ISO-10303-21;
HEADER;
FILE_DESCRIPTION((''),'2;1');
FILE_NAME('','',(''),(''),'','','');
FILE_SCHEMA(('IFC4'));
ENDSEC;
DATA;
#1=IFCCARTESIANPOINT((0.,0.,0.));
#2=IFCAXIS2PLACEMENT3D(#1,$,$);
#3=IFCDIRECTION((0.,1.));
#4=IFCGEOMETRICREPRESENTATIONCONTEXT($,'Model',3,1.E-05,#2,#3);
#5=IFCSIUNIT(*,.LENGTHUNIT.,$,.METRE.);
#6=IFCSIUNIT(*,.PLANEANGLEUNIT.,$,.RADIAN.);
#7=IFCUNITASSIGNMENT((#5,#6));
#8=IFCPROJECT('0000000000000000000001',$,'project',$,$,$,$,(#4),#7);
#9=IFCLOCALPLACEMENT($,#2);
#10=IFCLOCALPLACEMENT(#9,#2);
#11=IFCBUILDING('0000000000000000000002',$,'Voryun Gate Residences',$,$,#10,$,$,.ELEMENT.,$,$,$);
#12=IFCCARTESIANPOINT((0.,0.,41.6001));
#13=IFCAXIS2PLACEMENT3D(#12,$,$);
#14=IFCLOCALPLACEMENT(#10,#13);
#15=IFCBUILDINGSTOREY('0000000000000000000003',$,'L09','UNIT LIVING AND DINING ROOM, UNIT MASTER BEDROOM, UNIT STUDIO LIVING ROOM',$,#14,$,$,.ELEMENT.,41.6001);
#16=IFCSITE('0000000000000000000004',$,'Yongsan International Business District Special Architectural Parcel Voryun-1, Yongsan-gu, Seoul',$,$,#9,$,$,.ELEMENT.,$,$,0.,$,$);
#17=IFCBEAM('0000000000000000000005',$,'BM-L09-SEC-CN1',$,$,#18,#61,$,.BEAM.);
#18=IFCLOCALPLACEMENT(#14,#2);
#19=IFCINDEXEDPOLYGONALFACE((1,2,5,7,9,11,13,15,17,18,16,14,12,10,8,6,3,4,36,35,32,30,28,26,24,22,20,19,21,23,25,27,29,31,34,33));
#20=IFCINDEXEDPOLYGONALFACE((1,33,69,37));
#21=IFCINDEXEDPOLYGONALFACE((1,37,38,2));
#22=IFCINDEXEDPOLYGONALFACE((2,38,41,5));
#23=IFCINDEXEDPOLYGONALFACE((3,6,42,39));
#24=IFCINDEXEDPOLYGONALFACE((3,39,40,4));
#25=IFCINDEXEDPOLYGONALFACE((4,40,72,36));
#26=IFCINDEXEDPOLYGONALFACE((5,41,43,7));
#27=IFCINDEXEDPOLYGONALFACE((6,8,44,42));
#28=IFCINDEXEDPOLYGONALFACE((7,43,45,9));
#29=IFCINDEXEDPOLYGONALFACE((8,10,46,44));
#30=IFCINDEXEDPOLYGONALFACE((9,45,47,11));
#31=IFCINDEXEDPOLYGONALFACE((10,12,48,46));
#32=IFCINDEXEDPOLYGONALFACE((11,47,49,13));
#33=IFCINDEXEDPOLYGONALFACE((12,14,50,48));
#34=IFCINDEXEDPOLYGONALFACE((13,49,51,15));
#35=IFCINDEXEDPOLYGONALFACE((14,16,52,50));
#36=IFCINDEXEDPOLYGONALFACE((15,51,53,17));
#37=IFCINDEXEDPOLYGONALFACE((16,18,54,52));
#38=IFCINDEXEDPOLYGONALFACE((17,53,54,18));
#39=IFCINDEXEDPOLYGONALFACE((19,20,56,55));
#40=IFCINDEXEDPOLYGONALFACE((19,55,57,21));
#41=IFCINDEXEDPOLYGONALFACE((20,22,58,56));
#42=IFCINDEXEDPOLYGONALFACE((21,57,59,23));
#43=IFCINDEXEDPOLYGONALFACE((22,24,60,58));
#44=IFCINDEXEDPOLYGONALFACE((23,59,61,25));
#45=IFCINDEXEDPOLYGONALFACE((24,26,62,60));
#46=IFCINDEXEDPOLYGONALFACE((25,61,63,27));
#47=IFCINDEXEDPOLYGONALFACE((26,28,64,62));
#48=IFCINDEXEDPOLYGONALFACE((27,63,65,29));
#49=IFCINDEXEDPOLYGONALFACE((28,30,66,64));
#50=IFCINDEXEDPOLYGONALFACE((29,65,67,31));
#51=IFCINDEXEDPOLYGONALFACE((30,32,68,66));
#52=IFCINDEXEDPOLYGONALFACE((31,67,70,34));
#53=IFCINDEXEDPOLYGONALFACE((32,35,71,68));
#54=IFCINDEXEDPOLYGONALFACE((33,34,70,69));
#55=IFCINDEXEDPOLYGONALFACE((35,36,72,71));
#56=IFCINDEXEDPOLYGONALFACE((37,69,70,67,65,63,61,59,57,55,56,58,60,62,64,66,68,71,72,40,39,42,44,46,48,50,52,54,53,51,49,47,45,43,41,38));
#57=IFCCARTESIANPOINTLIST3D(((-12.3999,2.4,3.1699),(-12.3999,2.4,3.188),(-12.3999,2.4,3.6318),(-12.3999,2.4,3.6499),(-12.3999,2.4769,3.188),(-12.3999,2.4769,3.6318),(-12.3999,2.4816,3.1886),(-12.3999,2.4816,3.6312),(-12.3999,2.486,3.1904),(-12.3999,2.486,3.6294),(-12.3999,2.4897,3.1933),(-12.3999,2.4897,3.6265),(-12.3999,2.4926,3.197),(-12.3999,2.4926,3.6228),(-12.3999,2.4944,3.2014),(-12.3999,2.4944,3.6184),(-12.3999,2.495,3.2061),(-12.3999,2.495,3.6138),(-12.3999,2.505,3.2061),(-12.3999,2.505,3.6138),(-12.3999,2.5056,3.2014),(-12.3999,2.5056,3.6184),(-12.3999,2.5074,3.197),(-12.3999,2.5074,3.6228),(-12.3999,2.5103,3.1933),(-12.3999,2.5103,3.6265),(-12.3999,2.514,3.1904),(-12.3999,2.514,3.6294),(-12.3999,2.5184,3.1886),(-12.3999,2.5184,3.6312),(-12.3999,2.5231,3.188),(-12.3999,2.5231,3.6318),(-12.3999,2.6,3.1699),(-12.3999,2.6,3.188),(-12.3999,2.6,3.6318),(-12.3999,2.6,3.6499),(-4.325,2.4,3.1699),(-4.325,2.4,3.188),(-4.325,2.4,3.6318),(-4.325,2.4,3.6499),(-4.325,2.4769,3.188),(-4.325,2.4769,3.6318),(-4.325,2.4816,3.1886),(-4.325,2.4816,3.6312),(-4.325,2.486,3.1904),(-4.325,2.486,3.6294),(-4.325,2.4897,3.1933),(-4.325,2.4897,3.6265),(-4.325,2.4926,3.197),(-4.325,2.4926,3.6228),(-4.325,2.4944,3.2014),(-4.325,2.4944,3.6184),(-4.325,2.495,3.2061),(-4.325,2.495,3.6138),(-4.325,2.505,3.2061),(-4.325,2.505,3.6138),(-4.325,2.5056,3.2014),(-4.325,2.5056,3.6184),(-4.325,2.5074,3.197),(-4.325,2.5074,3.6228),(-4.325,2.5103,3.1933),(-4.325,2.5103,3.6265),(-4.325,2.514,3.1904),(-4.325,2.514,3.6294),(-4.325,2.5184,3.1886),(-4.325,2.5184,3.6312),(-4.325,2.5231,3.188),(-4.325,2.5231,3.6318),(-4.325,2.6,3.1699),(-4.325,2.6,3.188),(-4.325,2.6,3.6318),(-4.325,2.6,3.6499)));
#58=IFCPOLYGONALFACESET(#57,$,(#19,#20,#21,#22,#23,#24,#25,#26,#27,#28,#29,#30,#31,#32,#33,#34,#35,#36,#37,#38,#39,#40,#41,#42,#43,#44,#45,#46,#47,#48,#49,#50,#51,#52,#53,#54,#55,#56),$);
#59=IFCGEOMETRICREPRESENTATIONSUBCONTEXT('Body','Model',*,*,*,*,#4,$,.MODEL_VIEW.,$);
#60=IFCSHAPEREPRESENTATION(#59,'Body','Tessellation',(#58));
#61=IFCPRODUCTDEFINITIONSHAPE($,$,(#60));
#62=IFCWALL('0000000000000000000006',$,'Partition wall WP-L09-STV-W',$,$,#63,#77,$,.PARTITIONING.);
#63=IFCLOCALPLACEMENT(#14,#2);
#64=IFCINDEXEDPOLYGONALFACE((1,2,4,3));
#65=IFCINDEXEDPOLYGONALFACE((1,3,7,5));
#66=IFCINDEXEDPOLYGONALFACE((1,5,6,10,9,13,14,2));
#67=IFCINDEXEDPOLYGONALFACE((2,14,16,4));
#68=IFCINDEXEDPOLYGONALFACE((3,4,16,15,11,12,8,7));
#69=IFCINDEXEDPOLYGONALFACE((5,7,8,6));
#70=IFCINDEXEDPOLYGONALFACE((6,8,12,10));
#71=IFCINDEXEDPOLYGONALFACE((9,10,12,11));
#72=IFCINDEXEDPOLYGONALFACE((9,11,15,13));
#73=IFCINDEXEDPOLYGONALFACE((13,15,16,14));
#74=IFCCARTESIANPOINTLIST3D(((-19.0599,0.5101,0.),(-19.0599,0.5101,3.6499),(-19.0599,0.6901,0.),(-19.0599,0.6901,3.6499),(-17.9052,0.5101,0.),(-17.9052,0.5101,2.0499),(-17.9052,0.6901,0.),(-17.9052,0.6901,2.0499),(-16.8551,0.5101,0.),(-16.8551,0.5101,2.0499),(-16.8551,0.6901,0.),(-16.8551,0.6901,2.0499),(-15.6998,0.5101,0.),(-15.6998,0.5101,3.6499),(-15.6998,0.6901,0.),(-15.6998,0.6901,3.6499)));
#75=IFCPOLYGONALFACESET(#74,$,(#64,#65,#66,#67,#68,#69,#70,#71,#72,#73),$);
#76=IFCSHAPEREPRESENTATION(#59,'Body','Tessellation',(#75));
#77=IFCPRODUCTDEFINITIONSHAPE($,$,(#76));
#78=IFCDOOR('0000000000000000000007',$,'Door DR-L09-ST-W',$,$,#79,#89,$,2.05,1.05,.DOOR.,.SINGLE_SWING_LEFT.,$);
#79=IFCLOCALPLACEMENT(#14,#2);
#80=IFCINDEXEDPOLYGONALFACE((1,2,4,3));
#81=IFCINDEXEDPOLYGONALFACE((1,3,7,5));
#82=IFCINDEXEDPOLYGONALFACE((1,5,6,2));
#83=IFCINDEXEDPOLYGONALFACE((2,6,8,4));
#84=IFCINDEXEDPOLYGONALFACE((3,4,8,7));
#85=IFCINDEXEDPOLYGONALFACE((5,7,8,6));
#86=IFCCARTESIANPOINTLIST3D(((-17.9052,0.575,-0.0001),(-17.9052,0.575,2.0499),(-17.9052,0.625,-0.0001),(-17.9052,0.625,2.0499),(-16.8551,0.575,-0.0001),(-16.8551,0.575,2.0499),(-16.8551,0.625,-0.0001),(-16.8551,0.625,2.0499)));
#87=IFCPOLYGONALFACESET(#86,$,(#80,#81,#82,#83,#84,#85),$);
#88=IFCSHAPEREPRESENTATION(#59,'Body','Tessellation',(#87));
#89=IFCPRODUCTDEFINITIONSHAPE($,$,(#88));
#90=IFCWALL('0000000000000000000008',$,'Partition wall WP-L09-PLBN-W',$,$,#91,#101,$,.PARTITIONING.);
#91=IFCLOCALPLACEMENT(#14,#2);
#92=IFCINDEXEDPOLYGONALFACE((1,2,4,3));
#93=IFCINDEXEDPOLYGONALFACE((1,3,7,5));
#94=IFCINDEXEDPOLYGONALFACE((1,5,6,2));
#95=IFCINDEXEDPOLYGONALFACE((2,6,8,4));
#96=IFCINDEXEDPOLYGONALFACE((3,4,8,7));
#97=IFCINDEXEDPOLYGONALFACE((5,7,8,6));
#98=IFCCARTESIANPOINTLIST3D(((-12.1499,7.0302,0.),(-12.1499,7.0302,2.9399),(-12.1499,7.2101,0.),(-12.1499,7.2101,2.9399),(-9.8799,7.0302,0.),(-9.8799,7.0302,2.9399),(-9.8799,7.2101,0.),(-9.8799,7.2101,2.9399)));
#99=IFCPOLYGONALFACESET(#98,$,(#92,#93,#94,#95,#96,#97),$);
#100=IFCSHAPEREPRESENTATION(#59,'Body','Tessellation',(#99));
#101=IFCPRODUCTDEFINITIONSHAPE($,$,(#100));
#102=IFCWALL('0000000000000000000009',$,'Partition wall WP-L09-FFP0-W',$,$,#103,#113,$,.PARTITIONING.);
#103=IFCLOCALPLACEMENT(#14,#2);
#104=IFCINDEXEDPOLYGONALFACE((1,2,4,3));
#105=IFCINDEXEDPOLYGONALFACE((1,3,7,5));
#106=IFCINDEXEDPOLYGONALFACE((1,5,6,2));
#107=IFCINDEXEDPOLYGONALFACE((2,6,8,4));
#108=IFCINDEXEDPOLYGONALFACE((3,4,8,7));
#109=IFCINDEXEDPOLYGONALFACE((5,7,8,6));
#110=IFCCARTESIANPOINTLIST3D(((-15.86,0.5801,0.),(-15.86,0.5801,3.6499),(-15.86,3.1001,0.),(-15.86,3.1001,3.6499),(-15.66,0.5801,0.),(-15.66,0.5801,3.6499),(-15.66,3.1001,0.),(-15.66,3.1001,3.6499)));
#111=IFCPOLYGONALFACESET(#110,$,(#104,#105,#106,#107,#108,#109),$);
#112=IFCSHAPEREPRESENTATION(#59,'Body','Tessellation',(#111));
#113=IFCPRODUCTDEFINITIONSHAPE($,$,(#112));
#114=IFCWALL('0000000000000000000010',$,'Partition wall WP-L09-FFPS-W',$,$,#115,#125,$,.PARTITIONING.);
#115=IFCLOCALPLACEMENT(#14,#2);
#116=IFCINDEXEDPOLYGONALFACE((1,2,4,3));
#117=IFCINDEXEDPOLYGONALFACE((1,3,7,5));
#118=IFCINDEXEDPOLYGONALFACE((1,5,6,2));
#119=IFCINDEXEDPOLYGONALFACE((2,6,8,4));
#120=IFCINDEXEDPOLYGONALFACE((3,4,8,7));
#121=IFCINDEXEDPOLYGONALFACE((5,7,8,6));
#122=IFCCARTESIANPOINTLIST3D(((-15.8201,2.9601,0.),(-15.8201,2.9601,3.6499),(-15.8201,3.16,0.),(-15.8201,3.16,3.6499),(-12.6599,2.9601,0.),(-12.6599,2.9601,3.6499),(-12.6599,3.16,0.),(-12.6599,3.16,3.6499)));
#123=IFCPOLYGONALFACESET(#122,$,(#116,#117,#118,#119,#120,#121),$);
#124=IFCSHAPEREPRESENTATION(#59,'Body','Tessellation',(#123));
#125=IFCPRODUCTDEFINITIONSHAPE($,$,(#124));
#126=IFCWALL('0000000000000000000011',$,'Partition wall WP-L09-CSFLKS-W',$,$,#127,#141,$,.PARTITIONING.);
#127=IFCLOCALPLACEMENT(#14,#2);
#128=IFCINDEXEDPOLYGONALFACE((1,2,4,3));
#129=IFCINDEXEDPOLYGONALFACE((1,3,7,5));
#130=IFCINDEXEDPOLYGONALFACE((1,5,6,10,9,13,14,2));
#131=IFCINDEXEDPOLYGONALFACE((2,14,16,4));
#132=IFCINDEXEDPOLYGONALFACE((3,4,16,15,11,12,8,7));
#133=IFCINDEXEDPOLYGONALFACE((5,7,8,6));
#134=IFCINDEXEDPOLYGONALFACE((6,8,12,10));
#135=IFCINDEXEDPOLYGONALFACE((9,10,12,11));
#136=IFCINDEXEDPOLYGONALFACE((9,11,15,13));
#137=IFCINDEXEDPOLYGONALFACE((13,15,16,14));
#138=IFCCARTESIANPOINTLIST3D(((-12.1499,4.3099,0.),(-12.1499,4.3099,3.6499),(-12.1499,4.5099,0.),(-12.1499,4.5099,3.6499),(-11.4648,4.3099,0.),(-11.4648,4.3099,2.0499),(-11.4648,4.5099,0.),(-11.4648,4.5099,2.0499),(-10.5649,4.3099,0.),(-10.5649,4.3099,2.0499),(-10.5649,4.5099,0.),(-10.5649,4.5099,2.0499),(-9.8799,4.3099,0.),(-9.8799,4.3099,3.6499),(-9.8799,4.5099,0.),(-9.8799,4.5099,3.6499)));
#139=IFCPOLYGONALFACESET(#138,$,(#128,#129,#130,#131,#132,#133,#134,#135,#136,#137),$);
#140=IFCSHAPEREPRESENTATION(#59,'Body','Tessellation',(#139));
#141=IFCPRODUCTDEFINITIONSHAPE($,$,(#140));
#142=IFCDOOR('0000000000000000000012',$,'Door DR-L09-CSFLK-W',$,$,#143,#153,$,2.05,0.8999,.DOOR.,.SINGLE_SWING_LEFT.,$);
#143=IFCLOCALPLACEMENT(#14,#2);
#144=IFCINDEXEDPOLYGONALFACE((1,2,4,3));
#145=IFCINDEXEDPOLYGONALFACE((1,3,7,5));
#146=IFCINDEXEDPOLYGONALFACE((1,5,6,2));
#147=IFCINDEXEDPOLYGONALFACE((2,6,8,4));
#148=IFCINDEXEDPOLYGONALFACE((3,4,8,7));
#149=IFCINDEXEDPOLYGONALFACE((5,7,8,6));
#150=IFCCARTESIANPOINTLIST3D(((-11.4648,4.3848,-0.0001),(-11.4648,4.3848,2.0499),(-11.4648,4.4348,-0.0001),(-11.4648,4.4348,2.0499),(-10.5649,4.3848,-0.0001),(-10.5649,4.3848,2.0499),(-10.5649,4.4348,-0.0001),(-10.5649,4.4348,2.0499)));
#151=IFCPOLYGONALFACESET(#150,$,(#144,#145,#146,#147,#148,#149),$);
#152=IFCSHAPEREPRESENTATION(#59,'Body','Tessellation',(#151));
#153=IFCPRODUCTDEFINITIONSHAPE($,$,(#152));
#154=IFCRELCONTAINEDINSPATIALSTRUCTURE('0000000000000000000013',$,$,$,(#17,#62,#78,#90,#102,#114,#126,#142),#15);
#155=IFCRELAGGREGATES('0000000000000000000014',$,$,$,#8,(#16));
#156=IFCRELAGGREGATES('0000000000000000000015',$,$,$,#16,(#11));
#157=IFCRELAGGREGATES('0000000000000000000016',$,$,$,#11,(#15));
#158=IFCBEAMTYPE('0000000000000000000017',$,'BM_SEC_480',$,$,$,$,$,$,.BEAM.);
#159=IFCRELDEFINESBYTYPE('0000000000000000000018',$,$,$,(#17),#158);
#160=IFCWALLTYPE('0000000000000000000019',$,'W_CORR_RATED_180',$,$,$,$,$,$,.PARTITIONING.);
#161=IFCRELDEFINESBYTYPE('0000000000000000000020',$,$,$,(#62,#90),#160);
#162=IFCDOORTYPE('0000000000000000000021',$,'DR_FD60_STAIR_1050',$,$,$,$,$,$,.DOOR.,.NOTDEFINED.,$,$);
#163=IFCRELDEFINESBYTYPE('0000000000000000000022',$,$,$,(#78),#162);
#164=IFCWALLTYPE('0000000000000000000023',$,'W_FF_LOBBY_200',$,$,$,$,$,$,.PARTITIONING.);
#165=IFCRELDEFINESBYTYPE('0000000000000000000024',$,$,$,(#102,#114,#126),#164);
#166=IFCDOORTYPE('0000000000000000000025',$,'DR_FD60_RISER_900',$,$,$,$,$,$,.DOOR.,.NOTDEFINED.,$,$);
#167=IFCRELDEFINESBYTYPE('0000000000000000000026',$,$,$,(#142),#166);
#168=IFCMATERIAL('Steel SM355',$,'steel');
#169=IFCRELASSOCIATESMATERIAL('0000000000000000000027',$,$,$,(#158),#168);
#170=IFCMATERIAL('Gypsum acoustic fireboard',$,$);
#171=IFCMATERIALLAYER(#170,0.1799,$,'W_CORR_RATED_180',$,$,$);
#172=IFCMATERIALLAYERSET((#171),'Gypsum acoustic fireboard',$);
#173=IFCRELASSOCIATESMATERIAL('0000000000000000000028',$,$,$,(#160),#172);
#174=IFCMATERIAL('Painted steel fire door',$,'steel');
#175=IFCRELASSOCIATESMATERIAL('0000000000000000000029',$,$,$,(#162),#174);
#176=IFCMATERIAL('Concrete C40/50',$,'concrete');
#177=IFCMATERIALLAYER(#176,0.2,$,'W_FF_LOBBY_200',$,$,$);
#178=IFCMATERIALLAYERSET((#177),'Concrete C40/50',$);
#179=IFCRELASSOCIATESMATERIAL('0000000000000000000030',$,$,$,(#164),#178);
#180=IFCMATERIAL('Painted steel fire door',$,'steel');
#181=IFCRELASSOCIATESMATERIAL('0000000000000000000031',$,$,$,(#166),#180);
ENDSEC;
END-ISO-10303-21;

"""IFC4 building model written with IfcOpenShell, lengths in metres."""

from ifc_helpers import new_model, si_unit, direction, frame, frame_2d, origin, origin_2d, place, context, subcontext, project, spatial, rectangle, i_section, extrude, material, layer, layer_set, material_profile, profile_set, type_object, element, fill, save


model = new_model("IFC4")

# Units and contexts
model_context = context("Model", 3, precision=1e-05, world=origin(), true_north=direction((0.0, 1.0)))
body_context = subcontext(model_context, "Body", "Model", "MODEL_VIEW")
ifc_project = project(units=[si_unit("LENGTHUNIT", "METRE"), si_unit("PLANEANGLEUNIT", "RADIAN")], contexts=[model_context])

# Site, building, storey
site_placement = place(None, origin())
site = spatial("IfcSite", under=ifc_project, at=site_placement, Name="Yongsan International Business District Special Architectural Parcel Voryun-1, Yongsan-gu, Seoul", CompositionType="ELEMENT", RefElevation=0.0)
building_placement = place(site_placement, origin())
building = spatial("IfcBuilding", under=site, at=building_placement, Name="Voryun Gate Residences", CompositionType="ELEMENT")
storey_placement = place(building_placement, frame((0.0, 0.0, 41.6001)))
storey = spatial("IfcBuildingStorey", under=building, at=storey_placement, Name="L09", Description="UNIT LIVING AND DINING ROOM, UNIT MASTER BEDROOM, UNIT STUDIO LIVING ROOM", CompositionType="ELEMENT", Elevation=41.6001)

# Beam
ifc_material_1 = material(Name="Steel SM355", Category="steel")
ifc_material_profile_1 = material_profile(ifc_material_1, i_section(OverallWidth=0.2, OverallDepth=0.48, WebThickness=0.01, FlangeThickness=0.0181, FilletRadius=0.0181, at=origin_2d()), Name="H-480x200x10x18")
ifc_profile_set_1 = profile_set([ifc_material_profile_1], Name="Steel SM355")
beam_type_1 = type_object("IfcBeamType", Name="BM_SEC_480", PredefinedType="BEAM", material=ifc_profile_set_1)
for number, where, z_axis, x_axis, name in (
    (1, (-12.3999, 2.5, 3.4099), (1.0, 0.0, 0.0), (0.0, 1.0, 0.0), "BM-L09-SEC-CN1"),
):
    element("IfcBeam", number, at=place(storey_placement, frame(where, z_axis=z_axis, x_axis=x_axis)), inside=storey, type_object=beam_type_1, Name=name, PredefinedType="BEAM", context=body_context, shape_type="SweptSolid", body=[
        extrude(i_section(OverallWidth=0.2, OverallDepth=0.48, WebThickness=0.01, FlangeThickness=0.0181, FilletRadius=0.0181, at=origin_2d()), origin(), (0.0, 0.0, 1.0), 8.075),
    ])

# Wall, opening, door
ifc_material_2 = material(Name="Gypsum acoustic fireboard")
ifc_layer_1 = layer(ifc_material_2, 0.1799, Name="W_CORR_RATED_180")
ifc_layer_set_1 = layer_set([ifc_layer_1], Name="Gypsum acoustic fireboard")
wall_type_1 = type_object("IfcWallType", Name="W_CORR_RATED_180", PredefinedType="PARTITIONING", material=ifc_layer_set_1)
wall_1_placement = place(storey_placement, frame((-19.0601, 0.6001, 0.0), z_axis=(0.0, 0.0, 1.0), x_axis=(1.0, 0.0, 0.0)))
wall_1 = element("IfcWall", 2, at=wall_1_placement, inside=storey, type_object=wall_type_1, Name="Partition wall WP-L09-STV-W", PredefinedType="PARTITIONING", context=body_context, shape_type="SweptSolid", body=[
    extrude(rectangle(XDim=3.3601, YDim=0.1799, at=frame_2d((1.6802, 0.0))), origin(), (0.0, 0.0, 1.0), 3.6499),
])
opening_1_placement = place(wall_1_placement, frame((1.155, 0.0, 0.0)))
opening_1 = element("IfcOpeningElement", 3, at=opening_1_placement, cuts=wall_1, PredefinedType="OPENING", context=body_context, shape_type="SweptSolid", body=[
    extrude(rectangle(XDim=1.05, YDim=2.05, at=frame_2d((0.5249, 1.0249))), frame((0.0, 0.0999, 0.0), z_axis=(0.0, -1.0, 0.0), x_axis=(1.0, 0.0, 0.0)), (0.0, 0.0, 1.0), 0.2),
])
ifc_material_3 = material(Name="Painted steel fire door", Category="steel")
door_type_1 = type_object("IfcDoorType", Name="DR_FD60_STAIR_1050", OperationType="NOTDEFINED", PredefinedType="DOOR", material=ifc_material_3)
door_1_placement = place(opening_1_placement, origin())
door_1 = element("IfcDoor", 4, at=door_1_placement, inside=storey, type_object=door_type_1, Name="Door DR-L09-ST-W", OperationType="SINGLE_SWING_LEFT", OverallHeight=2.05, OverallWidth=1.05, PredefinedType="DOOR", context=body_context, shape_type="SweptSolid", body=[
    extrude(rectangle(XDim=1.05, YDim=2.05, at=frame_2d((0.5249, 1.0249))), frame((0.0, 0.0249, 0.0), z_axis=(0.0, -1.0, 0.0), x_axis=(1.0, 0.0, 0.0)), (0.0, 0.0, 1.0), 0.05),
])
fill(opening_1, door_1)

# Walls
wall_2_placement = place(storey_placement, frame((-12.1499, 7.1201, 0.0), z_axis=(0.0, 0.0, 1.0), x_axis=(1.0, 0.0, 0.0)))
element("IfcWall", 5, at=wall_2_placement, inside=storey, type_object=wall_type_1, Name="Partition wall WP-L09-PLBN-W", PredefinedType="PARTITIONING", context=body_context, shape_type="SweptSolid", body=[
    extrude(rectangle(XDim=2.27, YDim=0.1799, at=frame_2d((1.135, 0.0))), origin(), (0.0, 0.0, 1.0), 2.9399),
])
ifc_material_4 = material(Name="Concrete C40/50", Category="concrete")
ifc_layer_2 = layer(ifc_material_4, 0.2, Name="W_FF_LOBBY_200")
ifc_layer_set_2 = layer_set([ifc_layer_2], Name="Concrete C40/50")
wall_type_2 = type_object("IfcWallType", Name="W_FF_LOBBY_200", PredefinedType="PARTITIONING", material=ifc_layer_set_2)
wall_3_placement = place(storey_placement, frame((-15.76, 0.5801, 0.0), z_axis=(0.0, 0.0, 1.0), x_axis=(0.0, 1.0, 0.0)))
element("IfcWall", 6, at=wall_3_placement, inside=storey, type_object=wall_type_2, Name="Partition wall WP-L09-FFP0-W", PredefinedType="PARTITIONING", context=body_context, shape_type="SweptSolid", body=[
    extrude(rectangle(XDim=2.52, YDim=0.2, at=frame_2d((1.26, 0.0))), origin(), (0.0, 0.0, 1.0), 3.6499),
])
wall_4_placement = place(storey_placement, frame((-15.8201, 3.0601, 0.0), z_axis=(0.0, 0.0, 1.0), x_axis=(1.0, 0.0, 0.0)))
element("IfcWall", 7, at=wall_4_placement, inside=storey, type_object=wall_type_2, Name="Partition wall WP-L09-FFPS-W", PredefinedType="PARTITIONING", context=body_context, shape_type="SweptSolid", body=[
    extrude(rectangle(XDim=3.1602, YDim=0.2, at=frame_2d((1.5801, 0.0))), origin(), (0.0, 0.0, 1.0), 3.6499),
])

# Wall, opening, door
wall_5_placement = place(storey_placement, frame((-12.1499, 4.4099, 0.0), z_axis=(0.0, 0.0, 1.0), x_axis=(1.0, 0.0, 0.0)))
wall_5 = element("IfcWall", 8, at=wall_5_placement, inside=storey, type_object=wall_type_2, Name="Partition wall WP-L09-CSFLKS-W", PredefinedType="PARTITIONING", context=body_context, shape_type="SweptSolid", body=[
    extrude(rectangle(XDim=2.27, YDim=0.2, at=frame_2d((1.135, 0.0))), origin(), (0.0, 0.0, 1.0), 3.6499),
])
opening_2_placement = place(wall_5_placement, frame((0.6851, 0.0, 0.0)))
opening_2 = element("IfcOpeningElement", 9, at=opening_2_placement, cuts=wall_5, PredefinedType="OPENING", context=body_context, shape_type="SweptSolid", body=[
    extrude(rectangle(XDim=0.8999, YDim=2.05, at=frame_2d((0.45, 1.0249))), frame((0.0, 0.1101, 0.0), z_axis=(0.0, -1.0, 0.0), x_axis=(1.0, 0.0, 0.0)), (0.0, 0.0, 1.0), 0.22),
])
ifc_material_5 = material(Name="Painted steel fire door", Category="steel")
door_type_2 = type_object("IfcDoorType", Name="DR_FD60_RISER_900", OperationType="NOTDEFINED", PredefinedType="DOOR", material=ifc_material_5)
door_2_placement = place(opening_2_placement, origin())
door_2 = element("IfcDoor", 10, at=door_2_placement, inside=storey, type_object=door_type_2, Name="Door DR-L09-CSFLK-W", OperationType="SINGLE_SWING_LEFT", OverallHeight=2.05, OverallWidth=0.8999, PredefinedType="DOOR", context=body_context, shape_type="SweptSolid", body=[
    extrude(rectangle(XDim=0.8999, YDim=2.05, at=frame_2d((0.45, 1.0249))), frame((0.0, 0.0249, 0.0), z_axis=(0.0, -1.0, 0.0), x_axis=(1.0, 0.0, 0.0)), (0.0, 0.0, 1.0), 0.05),
])
fill(opening_2, door_2)

save(model, "model.ifc")
